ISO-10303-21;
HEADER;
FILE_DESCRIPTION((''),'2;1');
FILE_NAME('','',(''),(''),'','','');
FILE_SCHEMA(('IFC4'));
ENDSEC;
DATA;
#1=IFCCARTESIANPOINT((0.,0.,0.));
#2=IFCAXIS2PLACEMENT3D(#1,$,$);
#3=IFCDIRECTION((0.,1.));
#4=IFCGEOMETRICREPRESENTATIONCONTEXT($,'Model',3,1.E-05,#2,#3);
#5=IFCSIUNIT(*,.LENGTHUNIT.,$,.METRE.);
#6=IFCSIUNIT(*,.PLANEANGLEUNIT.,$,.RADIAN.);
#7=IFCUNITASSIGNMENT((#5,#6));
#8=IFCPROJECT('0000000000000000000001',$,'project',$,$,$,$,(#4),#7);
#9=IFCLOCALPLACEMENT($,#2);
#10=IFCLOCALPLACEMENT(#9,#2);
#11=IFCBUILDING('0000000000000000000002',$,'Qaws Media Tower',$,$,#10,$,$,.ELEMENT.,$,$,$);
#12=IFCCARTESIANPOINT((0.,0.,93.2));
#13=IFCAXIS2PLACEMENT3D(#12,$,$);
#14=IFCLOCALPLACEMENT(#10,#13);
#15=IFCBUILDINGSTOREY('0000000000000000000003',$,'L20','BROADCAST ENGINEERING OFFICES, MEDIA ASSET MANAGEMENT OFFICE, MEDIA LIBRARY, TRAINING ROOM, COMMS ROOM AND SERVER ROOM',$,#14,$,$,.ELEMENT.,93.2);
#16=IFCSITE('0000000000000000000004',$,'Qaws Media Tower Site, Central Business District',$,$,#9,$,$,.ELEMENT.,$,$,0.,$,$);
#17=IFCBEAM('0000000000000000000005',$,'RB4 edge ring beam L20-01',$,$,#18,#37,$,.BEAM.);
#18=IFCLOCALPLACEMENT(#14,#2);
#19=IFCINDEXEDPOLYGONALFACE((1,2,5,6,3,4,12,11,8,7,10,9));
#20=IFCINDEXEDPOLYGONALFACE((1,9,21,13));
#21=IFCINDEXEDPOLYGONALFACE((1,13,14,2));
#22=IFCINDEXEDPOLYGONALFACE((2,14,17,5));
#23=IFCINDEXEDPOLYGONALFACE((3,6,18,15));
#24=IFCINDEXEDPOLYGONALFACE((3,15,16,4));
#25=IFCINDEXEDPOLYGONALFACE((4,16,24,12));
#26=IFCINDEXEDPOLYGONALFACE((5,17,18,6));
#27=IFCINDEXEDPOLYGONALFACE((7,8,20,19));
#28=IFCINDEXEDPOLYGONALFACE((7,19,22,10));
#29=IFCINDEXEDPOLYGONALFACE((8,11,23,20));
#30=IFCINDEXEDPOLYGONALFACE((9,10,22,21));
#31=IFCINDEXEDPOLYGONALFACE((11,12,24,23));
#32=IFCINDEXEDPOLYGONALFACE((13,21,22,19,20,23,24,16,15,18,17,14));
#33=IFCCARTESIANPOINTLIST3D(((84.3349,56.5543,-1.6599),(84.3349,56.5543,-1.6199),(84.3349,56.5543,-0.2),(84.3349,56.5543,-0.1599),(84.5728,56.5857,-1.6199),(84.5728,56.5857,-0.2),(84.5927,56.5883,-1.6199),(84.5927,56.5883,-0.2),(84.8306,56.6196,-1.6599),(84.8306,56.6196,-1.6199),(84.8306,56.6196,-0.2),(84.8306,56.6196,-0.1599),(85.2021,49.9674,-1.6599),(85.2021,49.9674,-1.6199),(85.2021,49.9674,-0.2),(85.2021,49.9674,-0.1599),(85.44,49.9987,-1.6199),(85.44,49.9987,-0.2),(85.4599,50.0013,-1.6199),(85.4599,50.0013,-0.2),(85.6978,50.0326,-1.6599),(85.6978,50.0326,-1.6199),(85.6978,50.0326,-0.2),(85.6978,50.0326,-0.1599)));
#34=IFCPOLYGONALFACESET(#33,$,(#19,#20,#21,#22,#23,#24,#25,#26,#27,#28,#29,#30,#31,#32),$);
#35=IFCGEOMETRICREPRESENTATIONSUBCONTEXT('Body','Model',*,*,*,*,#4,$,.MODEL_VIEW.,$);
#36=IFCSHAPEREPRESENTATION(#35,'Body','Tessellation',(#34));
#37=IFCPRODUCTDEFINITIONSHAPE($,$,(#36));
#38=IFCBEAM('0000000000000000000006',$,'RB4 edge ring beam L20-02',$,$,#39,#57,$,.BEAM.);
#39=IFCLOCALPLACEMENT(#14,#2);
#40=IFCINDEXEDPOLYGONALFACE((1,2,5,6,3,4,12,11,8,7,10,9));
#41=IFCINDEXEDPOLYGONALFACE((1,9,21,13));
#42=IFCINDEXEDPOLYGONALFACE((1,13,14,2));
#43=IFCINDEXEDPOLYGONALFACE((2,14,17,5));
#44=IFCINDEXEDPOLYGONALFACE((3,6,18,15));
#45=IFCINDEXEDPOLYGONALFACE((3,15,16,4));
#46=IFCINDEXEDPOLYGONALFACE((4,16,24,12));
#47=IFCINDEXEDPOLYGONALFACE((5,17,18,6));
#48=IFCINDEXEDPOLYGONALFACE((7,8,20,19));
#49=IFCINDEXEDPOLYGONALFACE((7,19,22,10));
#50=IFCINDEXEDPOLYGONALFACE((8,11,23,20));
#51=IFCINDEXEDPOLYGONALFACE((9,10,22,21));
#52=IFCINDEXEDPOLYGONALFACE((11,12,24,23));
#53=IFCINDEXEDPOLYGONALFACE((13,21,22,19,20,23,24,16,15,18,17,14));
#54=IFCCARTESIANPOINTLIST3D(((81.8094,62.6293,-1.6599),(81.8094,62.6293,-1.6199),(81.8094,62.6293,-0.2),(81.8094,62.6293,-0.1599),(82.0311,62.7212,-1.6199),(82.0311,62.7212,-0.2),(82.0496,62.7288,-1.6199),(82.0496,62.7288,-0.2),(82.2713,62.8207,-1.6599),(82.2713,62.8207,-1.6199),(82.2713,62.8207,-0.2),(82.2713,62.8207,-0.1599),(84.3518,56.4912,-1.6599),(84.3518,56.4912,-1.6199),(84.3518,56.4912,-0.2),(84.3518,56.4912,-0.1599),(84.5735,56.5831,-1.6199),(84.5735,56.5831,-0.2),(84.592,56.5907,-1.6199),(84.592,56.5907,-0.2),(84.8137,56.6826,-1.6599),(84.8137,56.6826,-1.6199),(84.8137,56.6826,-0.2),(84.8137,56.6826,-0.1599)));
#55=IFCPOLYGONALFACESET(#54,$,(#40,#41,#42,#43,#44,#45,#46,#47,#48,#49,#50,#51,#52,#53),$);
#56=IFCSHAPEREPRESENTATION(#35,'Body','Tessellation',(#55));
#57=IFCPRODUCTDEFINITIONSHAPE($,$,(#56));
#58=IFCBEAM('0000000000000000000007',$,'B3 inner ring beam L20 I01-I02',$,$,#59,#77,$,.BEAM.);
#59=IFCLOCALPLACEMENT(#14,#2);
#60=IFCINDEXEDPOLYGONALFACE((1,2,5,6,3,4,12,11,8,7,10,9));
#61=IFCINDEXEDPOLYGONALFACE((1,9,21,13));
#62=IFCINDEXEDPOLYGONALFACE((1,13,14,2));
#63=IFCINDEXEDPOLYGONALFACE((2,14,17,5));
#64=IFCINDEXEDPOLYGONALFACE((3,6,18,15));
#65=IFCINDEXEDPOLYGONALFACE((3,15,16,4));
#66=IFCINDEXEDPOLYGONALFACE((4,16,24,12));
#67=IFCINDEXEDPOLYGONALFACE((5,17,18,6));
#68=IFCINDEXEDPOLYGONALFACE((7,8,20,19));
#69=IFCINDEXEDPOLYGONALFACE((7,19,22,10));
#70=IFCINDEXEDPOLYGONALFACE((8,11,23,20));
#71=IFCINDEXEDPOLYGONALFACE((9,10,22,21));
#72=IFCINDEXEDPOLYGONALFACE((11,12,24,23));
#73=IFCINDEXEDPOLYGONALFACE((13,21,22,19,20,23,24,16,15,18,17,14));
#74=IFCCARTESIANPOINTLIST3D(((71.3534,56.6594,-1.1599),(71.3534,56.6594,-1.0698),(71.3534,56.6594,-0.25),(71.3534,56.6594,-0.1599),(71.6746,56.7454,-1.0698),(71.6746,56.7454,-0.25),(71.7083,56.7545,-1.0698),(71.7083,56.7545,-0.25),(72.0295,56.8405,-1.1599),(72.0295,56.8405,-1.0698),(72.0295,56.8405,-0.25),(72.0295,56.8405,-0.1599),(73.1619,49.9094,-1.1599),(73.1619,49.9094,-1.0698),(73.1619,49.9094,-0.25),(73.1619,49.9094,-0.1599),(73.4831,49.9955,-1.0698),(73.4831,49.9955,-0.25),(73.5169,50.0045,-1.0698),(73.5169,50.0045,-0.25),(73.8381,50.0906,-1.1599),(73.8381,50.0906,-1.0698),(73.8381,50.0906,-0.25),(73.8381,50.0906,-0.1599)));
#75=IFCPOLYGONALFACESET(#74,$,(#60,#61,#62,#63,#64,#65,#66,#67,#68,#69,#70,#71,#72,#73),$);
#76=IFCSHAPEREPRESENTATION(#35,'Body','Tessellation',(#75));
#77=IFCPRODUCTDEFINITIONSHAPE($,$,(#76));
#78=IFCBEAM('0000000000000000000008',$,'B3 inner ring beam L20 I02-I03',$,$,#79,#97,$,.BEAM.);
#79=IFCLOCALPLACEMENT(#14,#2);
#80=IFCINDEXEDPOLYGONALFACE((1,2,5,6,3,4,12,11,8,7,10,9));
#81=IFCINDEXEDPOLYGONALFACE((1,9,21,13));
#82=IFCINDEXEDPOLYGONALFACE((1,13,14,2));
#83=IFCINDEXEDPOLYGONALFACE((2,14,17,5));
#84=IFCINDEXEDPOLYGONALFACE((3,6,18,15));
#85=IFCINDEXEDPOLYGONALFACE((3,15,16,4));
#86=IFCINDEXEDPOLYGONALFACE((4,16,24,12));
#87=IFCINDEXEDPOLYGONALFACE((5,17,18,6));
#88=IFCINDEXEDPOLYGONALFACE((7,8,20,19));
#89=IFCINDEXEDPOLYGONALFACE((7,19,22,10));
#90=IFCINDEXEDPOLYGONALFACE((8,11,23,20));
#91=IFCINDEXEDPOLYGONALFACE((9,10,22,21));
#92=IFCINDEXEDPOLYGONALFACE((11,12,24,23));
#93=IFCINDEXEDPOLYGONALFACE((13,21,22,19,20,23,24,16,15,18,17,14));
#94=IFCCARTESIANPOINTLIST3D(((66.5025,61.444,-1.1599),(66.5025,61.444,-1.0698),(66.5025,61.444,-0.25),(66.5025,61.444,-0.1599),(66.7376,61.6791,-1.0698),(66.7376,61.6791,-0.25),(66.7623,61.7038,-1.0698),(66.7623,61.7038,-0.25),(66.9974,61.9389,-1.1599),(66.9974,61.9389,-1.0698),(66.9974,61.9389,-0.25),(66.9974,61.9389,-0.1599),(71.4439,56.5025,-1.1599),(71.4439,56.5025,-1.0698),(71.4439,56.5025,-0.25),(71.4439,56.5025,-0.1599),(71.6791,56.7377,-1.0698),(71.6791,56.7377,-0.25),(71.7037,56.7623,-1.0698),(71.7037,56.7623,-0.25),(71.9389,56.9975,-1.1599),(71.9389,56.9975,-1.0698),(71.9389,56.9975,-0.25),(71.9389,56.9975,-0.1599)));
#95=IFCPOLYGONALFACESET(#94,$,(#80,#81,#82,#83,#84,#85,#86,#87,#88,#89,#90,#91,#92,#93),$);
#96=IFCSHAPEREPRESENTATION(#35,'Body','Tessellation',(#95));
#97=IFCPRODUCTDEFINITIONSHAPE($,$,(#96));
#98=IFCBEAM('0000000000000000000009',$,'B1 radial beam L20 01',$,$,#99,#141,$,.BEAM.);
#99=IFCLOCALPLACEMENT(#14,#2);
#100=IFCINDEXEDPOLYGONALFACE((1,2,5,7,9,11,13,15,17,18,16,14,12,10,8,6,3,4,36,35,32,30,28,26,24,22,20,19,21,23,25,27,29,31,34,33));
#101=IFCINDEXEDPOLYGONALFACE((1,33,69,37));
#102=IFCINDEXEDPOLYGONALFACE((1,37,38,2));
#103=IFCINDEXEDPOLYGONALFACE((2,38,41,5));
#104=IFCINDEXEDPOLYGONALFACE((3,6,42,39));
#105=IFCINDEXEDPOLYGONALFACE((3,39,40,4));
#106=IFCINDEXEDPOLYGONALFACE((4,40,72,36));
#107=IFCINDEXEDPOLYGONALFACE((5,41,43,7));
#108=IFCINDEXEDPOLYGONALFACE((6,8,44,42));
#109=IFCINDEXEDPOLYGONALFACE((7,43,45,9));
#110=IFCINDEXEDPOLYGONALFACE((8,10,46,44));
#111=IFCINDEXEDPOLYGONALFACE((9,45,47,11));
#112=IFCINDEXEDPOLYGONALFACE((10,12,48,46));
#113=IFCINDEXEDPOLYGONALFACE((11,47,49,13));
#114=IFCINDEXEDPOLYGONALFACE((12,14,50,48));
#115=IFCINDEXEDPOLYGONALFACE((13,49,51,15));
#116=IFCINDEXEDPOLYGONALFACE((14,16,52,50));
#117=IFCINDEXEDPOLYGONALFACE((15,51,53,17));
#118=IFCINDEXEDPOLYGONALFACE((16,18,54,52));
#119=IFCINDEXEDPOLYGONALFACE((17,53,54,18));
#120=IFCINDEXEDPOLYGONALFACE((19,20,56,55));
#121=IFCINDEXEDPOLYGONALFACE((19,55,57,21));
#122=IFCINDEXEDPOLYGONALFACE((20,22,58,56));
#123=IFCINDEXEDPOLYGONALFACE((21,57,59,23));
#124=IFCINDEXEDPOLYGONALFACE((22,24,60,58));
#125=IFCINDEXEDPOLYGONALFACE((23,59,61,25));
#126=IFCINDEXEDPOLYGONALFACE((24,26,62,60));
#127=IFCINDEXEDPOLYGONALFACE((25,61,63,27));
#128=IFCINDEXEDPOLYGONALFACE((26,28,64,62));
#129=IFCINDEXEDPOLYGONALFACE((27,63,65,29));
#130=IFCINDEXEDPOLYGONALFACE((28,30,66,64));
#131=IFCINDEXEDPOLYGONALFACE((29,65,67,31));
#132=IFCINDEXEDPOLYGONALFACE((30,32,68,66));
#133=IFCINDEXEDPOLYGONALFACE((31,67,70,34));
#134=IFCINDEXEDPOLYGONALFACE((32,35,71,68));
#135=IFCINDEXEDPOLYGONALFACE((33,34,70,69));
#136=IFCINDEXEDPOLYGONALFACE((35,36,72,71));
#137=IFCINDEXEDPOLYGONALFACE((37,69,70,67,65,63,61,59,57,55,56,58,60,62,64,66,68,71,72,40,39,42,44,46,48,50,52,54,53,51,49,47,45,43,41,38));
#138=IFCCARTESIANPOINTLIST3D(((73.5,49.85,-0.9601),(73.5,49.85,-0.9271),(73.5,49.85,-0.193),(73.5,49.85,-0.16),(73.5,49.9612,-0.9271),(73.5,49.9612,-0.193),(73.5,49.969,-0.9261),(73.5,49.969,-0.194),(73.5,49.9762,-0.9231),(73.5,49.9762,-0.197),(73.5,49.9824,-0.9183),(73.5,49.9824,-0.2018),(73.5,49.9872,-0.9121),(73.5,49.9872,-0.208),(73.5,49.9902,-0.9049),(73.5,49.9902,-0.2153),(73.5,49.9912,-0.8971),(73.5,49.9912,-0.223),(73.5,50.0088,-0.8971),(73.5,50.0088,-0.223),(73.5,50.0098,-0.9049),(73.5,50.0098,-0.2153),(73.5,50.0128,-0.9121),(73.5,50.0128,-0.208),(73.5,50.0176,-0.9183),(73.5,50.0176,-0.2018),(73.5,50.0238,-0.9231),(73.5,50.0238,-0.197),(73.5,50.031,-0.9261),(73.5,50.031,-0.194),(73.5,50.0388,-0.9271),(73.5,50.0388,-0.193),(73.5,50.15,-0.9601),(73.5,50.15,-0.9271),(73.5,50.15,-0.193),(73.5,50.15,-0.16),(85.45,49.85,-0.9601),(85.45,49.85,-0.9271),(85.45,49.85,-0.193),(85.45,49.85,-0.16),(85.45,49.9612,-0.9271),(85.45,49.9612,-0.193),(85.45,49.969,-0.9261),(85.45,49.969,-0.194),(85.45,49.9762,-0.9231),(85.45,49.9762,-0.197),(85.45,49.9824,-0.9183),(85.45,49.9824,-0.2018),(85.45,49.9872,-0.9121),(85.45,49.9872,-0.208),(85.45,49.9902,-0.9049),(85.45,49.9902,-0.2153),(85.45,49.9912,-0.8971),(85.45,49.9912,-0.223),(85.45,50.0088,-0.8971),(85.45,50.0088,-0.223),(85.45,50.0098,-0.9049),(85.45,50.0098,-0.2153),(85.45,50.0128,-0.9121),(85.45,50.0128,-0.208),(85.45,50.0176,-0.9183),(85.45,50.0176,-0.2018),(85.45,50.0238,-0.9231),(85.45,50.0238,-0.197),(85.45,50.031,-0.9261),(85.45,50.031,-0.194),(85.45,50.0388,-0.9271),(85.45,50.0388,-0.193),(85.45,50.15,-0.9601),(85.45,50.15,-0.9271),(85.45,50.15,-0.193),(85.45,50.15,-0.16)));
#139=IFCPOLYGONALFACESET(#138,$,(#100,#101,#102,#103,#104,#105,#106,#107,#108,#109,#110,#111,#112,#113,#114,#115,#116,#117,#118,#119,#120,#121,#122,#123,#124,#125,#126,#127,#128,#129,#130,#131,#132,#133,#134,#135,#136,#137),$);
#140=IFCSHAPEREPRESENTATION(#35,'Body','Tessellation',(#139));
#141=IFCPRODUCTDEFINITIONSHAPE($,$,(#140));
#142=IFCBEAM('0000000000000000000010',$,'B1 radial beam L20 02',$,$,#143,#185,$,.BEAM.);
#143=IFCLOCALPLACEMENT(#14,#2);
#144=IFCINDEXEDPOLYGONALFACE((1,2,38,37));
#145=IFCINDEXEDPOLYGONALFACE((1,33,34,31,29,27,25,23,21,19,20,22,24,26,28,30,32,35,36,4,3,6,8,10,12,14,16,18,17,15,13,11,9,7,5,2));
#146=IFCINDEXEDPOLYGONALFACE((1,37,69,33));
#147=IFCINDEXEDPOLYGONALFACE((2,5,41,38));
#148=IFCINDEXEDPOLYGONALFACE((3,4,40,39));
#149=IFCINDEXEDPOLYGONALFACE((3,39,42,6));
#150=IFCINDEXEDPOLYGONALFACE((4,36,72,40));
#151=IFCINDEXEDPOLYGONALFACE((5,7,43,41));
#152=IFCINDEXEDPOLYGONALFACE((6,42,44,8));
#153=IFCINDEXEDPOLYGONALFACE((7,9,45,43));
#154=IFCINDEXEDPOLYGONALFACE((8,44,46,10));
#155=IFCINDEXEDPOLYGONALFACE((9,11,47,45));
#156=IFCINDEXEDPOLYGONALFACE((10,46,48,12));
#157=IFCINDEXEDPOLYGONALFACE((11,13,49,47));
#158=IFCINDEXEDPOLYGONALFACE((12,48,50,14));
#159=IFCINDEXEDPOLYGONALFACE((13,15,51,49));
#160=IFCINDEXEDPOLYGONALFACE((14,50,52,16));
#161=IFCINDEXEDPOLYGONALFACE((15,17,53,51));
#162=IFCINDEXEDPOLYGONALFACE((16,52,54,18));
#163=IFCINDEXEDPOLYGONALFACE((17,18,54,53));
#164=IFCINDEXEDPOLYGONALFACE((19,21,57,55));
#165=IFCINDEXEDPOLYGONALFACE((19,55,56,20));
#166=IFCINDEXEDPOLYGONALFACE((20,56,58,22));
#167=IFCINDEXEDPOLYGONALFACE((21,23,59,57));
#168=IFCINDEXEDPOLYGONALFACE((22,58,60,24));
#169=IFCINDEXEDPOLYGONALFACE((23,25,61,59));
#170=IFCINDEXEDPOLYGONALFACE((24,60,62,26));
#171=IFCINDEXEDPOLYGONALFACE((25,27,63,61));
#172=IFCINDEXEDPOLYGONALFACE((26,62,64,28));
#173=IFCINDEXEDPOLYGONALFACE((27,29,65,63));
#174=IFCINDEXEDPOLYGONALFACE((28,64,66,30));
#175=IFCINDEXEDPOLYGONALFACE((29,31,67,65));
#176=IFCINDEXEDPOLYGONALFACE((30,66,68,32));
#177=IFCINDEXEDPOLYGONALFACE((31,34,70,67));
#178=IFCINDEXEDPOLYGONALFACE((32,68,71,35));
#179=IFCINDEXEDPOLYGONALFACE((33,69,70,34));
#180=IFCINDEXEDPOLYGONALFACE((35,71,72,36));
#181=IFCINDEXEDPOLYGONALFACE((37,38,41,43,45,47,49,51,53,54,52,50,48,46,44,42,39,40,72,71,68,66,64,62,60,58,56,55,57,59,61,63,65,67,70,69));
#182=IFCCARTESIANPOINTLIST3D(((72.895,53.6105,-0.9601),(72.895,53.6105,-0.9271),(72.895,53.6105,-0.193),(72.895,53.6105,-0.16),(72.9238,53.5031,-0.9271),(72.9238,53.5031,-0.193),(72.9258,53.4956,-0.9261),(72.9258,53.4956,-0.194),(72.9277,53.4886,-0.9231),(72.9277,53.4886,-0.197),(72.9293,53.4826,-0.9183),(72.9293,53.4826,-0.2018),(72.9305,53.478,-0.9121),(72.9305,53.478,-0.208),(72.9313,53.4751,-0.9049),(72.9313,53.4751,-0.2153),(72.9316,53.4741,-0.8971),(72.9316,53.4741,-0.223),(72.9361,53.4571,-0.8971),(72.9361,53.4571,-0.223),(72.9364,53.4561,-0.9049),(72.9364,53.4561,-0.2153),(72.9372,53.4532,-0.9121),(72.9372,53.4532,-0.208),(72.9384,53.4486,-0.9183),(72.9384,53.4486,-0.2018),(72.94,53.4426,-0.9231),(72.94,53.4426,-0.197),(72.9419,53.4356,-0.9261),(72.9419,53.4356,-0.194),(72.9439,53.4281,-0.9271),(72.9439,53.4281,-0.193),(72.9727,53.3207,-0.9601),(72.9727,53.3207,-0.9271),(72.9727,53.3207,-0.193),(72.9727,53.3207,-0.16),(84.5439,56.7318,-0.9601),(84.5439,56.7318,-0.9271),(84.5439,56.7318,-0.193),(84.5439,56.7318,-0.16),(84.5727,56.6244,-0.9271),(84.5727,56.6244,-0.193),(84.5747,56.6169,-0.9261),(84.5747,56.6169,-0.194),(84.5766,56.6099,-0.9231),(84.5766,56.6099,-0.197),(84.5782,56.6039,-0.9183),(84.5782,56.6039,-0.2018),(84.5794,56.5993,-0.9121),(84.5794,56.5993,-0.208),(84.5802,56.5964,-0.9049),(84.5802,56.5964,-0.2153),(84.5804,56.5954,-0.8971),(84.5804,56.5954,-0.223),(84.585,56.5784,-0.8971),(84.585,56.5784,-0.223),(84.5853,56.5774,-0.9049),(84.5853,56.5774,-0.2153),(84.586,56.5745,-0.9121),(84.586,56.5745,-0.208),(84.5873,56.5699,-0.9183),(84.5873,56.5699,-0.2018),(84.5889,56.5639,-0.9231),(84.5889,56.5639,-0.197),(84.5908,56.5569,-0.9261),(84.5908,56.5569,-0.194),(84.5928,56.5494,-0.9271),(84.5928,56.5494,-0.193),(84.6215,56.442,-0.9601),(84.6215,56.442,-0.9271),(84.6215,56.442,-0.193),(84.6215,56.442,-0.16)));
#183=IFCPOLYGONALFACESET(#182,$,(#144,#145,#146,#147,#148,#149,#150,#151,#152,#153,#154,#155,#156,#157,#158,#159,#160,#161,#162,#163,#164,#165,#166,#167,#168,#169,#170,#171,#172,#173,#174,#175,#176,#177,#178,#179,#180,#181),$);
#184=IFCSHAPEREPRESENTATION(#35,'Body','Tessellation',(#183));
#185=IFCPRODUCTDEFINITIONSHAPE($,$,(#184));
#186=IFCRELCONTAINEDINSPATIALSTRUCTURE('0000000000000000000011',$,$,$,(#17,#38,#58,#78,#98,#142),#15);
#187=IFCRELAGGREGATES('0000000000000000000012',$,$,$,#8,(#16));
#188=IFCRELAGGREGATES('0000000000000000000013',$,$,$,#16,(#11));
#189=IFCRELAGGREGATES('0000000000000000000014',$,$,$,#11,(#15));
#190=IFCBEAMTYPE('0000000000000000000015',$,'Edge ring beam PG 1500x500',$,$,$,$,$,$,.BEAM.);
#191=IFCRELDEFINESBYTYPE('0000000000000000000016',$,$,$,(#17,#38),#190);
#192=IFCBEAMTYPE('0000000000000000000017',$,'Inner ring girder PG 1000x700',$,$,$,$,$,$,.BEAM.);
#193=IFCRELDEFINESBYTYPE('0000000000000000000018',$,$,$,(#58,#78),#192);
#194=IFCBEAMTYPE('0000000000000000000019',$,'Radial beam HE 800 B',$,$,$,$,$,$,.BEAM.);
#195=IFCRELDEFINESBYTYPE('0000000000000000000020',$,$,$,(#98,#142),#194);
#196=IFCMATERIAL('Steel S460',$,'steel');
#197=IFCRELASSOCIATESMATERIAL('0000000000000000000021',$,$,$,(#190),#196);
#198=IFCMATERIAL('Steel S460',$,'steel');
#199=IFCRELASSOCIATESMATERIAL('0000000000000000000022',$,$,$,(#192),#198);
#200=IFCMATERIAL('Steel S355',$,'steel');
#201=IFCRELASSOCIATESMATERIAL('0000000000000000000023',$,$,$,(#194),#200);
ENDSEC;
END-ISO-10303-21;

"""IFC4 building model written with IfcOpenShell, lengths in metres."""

from ifc_helpers import new_model, si_unit, direction, frame, origin, origin_2d, place, context, subcontext, project, spatial, i_section, extrude, material, material_profile, profile_set, type_object, element, save


model = new_model("IFC4")

# Units and contexts
model_context = context("Model", 3, precision=1e-05, world=origin(), true_north=direction((0.0, 1.0)))
body_context = subcontext(model_context, "Body", "Model", "MODEL_VIEW")
ifc_project = project(units=[si_unit("LENGTHUNIT", "METRE"), si_unit("PLANEANGLEUNIT", "RADIAN")], contexts=[model_context])

# Site, building, storey
site_placement = place(None, origin())
site = spatial("IfcSite", under=ifc_project, at=site_placement, Name="Qaws Media Tower Site, Central Business District", CompositionType="ELEMENT", RefElevation=0.0)
building_placement = place(site_placement, origin())
building = spatial("IfcBuilding", under=site, at=building_placement, Name="Qaws Media Tower", CompositionType="ELEMENT")
storey_placement = place(building_placement, frame((0.0, 0.0, 93.2)))
storey = spatial("IfcBuildingStorey", under=building, at=storey_placement, Name="L20", Description="BROADCAST ENGINEERING OFFICES, MEDIA ASSET MANAGEMENT OFFICE, MEDIA LIBRARY, TRAINING ROOM, COMMS ROOM AND SERVER ROOM", CompositionType="ELEMENT", Elevation=93.2)

# Beams
ifc_material_1 = material(Name="Steel S460", Category="steel")
ifc_material_profile_1 = material_profile(ifc_material_1, i_section(OverallWidth=0.5, OverallDepth=1.5, WebThickness=0.02, FlangeThickness=0.04, at=origin_2d()), Name="PG 1500x500")
ifc_profile_set_1 = profile_set([ifc_material_profile_1], Name="Steel S460")
beam_type_1 = type_object("IfcBeamType", Name="Edge ring beam PG 1500x500", PredefinedType="BEAM", material=ifc_profile_set_1)
for number, where, z_axis, x_axis, name in (
    (1, (85.45, 50.0, -0.9099), (-0.130527, 0.991445, 0.0), (-0.991445, -0.130527, 0.0), "RB4 edge ring beam L20-01"),
    (2, (84.5828, 56.5869, -0.9099), (-0.382678, 0.923882, 0.0), (-0.923882, -0.382678, 0.0), "RB4 edge ring beam L20-02"),
):
    element("IfcBeam", number, at=place(storey_placement, frame(where, z_axis=z_axis, x_axis=x_axis)), inside=storey, type_object=beam_type_1, Name=name, PredefinedType="BEAM", context=body_context, shape_type="SweptSolid", body=[
        extrude(i_section(OverallWidth=0.5, OverallDepth=1.5, WebThickness=0.02, FlangeThickness=0.04, at=origin_2d()), origin(), (0.0, 0.0, 1.0), 6.6438),
    ])
ifc_material_2 = material(Name="Steel S460", Category="steel")
ifc_material_profile_2 = material_profile(ifc_material_2, i_section(OverallWidth=0.7, OverallDepth=1.0, WebThickness=0.0349, FlangeThickness=0.0901, at=origin_2d()), Name="PG 1000x700")
ifc_profile_set_2 = profile_set([ifc_material_profile_2], Name="Steel S460")
beam_type_2 = type_object("IfcBeamType", Name="Inner ring girder PG 1000x700", PredefinedType="BEAM", material=ifc_profile_set_2)
beam_1_placement = place(storey_placement, frame((73.5, 50.0, -0.6599), z_axis=(-0.258811, 0.965928, 0.0), x_axis=(-0.965928, -0.258811, 0.0)))
element("IfcBeam", 3, at=beam_1_placement, inside=storey, type_object=beam_type_2, Name="B3 inner ring beam L20 I01-I02", PredefinedType="BEAM", context=body_context, shape_type="SweptSolid", body=[
    extrude(i_section(OverallWidth=0.7, OverallDepth=1.0, WebThickness=0.0349, FlangeThickness=0.0901, at=origin_2d()), origin(), (0.0, 0.0, 1.0), 6.988),
])
beam_2_placement = place(storey_placement, frame((71.6914, 56.75, -0.6599), z_axis=(-0.707107, 0.707107, 0.0), x_axis=(-0.707107, -0.707107, 0.0)))
element("IfcBeam", 4, at=beam_2_placement, inside=storey, type_object=beam_type_2, Name="B3 inner ring beam L20 I02-I03", PredefinedType="BEAM", context=body_context, shape_type="SweptSolid", body=[
    extrude(i_section(OverallWidth=0.7, OverallDepth=1.0, WebThickness=0.0349, FlangeThickness=0.0901, at=origin_2d()), origin(), (0.0, 0.0, 1.0), 6.9883),
])
ifc_material_3 = material(Name="Steel S355", Category="steel")
ifc_material_profile_3 = material_profile(ifc_material_3, i_section(OverallWidth=0.3, OverallDepth=0.8, WebThickness=0.0176, FlangeThickness=0.033, FilletRadius=0.03, at=origin_2d()), Name="HE 800 B")
ifc_profile_set_3 = profile_set([ifc_material_profile_3], Name="Steel S355")
beam_type_3 = type_object("IfcBeamType", Name="Radial beam HE 800 B", PredefinedType="BEAM", material=ifc_profile_set_3)
beam_3_placement = place(storey_placement, frame((73.5, 50.0, -0.5601), z_axis=(1.0, 0.0, 0.0), x_axis=(0.0, 1.0, 0.0)))
element("IfcBeam", 5, at=beam_3_placement, inside=storey, type_object=beam_type_3, Name="B1 radial beam L20 01", PredefinedType="BEAM", context=body_context, shape_type="SweptSolid", body=[
    extrude(i_section(OverallWidth=0.3, OverallDepth=0.8, WebThickness=0.0176, FlangeThickness=0.033, FilletRadius=0.03, at=origin_2d()), origin(), (0.0, 0.0, 1.0), 11.95),
])
beam_4_placement = place(storey_placement, frame((72.9338, 53.4656, -0.5601), z_axis=(0.965925, 0.25882, 0.0), x_axis=(-0.25882, 0.965925, 0.0)))
element("IfcBeam", 6, at=beam_4_placement, inside=storey, type_object=beam_type_3, Name="B1 radial beam L20 02", PredefinedType="BEAM", context=body_context, shape_type="SweptSolid", body=[
    extrude(i_section(OverallWidth=0.3, OverallDepth=0.8, WebThickness=0.0176, FlangeThickness=0.033, FilletRadius=0.03, at=origin_2d()), origin(), (0.0, 0.0, 1.0), 12.0598),
])

save(model, "model.ifc")
